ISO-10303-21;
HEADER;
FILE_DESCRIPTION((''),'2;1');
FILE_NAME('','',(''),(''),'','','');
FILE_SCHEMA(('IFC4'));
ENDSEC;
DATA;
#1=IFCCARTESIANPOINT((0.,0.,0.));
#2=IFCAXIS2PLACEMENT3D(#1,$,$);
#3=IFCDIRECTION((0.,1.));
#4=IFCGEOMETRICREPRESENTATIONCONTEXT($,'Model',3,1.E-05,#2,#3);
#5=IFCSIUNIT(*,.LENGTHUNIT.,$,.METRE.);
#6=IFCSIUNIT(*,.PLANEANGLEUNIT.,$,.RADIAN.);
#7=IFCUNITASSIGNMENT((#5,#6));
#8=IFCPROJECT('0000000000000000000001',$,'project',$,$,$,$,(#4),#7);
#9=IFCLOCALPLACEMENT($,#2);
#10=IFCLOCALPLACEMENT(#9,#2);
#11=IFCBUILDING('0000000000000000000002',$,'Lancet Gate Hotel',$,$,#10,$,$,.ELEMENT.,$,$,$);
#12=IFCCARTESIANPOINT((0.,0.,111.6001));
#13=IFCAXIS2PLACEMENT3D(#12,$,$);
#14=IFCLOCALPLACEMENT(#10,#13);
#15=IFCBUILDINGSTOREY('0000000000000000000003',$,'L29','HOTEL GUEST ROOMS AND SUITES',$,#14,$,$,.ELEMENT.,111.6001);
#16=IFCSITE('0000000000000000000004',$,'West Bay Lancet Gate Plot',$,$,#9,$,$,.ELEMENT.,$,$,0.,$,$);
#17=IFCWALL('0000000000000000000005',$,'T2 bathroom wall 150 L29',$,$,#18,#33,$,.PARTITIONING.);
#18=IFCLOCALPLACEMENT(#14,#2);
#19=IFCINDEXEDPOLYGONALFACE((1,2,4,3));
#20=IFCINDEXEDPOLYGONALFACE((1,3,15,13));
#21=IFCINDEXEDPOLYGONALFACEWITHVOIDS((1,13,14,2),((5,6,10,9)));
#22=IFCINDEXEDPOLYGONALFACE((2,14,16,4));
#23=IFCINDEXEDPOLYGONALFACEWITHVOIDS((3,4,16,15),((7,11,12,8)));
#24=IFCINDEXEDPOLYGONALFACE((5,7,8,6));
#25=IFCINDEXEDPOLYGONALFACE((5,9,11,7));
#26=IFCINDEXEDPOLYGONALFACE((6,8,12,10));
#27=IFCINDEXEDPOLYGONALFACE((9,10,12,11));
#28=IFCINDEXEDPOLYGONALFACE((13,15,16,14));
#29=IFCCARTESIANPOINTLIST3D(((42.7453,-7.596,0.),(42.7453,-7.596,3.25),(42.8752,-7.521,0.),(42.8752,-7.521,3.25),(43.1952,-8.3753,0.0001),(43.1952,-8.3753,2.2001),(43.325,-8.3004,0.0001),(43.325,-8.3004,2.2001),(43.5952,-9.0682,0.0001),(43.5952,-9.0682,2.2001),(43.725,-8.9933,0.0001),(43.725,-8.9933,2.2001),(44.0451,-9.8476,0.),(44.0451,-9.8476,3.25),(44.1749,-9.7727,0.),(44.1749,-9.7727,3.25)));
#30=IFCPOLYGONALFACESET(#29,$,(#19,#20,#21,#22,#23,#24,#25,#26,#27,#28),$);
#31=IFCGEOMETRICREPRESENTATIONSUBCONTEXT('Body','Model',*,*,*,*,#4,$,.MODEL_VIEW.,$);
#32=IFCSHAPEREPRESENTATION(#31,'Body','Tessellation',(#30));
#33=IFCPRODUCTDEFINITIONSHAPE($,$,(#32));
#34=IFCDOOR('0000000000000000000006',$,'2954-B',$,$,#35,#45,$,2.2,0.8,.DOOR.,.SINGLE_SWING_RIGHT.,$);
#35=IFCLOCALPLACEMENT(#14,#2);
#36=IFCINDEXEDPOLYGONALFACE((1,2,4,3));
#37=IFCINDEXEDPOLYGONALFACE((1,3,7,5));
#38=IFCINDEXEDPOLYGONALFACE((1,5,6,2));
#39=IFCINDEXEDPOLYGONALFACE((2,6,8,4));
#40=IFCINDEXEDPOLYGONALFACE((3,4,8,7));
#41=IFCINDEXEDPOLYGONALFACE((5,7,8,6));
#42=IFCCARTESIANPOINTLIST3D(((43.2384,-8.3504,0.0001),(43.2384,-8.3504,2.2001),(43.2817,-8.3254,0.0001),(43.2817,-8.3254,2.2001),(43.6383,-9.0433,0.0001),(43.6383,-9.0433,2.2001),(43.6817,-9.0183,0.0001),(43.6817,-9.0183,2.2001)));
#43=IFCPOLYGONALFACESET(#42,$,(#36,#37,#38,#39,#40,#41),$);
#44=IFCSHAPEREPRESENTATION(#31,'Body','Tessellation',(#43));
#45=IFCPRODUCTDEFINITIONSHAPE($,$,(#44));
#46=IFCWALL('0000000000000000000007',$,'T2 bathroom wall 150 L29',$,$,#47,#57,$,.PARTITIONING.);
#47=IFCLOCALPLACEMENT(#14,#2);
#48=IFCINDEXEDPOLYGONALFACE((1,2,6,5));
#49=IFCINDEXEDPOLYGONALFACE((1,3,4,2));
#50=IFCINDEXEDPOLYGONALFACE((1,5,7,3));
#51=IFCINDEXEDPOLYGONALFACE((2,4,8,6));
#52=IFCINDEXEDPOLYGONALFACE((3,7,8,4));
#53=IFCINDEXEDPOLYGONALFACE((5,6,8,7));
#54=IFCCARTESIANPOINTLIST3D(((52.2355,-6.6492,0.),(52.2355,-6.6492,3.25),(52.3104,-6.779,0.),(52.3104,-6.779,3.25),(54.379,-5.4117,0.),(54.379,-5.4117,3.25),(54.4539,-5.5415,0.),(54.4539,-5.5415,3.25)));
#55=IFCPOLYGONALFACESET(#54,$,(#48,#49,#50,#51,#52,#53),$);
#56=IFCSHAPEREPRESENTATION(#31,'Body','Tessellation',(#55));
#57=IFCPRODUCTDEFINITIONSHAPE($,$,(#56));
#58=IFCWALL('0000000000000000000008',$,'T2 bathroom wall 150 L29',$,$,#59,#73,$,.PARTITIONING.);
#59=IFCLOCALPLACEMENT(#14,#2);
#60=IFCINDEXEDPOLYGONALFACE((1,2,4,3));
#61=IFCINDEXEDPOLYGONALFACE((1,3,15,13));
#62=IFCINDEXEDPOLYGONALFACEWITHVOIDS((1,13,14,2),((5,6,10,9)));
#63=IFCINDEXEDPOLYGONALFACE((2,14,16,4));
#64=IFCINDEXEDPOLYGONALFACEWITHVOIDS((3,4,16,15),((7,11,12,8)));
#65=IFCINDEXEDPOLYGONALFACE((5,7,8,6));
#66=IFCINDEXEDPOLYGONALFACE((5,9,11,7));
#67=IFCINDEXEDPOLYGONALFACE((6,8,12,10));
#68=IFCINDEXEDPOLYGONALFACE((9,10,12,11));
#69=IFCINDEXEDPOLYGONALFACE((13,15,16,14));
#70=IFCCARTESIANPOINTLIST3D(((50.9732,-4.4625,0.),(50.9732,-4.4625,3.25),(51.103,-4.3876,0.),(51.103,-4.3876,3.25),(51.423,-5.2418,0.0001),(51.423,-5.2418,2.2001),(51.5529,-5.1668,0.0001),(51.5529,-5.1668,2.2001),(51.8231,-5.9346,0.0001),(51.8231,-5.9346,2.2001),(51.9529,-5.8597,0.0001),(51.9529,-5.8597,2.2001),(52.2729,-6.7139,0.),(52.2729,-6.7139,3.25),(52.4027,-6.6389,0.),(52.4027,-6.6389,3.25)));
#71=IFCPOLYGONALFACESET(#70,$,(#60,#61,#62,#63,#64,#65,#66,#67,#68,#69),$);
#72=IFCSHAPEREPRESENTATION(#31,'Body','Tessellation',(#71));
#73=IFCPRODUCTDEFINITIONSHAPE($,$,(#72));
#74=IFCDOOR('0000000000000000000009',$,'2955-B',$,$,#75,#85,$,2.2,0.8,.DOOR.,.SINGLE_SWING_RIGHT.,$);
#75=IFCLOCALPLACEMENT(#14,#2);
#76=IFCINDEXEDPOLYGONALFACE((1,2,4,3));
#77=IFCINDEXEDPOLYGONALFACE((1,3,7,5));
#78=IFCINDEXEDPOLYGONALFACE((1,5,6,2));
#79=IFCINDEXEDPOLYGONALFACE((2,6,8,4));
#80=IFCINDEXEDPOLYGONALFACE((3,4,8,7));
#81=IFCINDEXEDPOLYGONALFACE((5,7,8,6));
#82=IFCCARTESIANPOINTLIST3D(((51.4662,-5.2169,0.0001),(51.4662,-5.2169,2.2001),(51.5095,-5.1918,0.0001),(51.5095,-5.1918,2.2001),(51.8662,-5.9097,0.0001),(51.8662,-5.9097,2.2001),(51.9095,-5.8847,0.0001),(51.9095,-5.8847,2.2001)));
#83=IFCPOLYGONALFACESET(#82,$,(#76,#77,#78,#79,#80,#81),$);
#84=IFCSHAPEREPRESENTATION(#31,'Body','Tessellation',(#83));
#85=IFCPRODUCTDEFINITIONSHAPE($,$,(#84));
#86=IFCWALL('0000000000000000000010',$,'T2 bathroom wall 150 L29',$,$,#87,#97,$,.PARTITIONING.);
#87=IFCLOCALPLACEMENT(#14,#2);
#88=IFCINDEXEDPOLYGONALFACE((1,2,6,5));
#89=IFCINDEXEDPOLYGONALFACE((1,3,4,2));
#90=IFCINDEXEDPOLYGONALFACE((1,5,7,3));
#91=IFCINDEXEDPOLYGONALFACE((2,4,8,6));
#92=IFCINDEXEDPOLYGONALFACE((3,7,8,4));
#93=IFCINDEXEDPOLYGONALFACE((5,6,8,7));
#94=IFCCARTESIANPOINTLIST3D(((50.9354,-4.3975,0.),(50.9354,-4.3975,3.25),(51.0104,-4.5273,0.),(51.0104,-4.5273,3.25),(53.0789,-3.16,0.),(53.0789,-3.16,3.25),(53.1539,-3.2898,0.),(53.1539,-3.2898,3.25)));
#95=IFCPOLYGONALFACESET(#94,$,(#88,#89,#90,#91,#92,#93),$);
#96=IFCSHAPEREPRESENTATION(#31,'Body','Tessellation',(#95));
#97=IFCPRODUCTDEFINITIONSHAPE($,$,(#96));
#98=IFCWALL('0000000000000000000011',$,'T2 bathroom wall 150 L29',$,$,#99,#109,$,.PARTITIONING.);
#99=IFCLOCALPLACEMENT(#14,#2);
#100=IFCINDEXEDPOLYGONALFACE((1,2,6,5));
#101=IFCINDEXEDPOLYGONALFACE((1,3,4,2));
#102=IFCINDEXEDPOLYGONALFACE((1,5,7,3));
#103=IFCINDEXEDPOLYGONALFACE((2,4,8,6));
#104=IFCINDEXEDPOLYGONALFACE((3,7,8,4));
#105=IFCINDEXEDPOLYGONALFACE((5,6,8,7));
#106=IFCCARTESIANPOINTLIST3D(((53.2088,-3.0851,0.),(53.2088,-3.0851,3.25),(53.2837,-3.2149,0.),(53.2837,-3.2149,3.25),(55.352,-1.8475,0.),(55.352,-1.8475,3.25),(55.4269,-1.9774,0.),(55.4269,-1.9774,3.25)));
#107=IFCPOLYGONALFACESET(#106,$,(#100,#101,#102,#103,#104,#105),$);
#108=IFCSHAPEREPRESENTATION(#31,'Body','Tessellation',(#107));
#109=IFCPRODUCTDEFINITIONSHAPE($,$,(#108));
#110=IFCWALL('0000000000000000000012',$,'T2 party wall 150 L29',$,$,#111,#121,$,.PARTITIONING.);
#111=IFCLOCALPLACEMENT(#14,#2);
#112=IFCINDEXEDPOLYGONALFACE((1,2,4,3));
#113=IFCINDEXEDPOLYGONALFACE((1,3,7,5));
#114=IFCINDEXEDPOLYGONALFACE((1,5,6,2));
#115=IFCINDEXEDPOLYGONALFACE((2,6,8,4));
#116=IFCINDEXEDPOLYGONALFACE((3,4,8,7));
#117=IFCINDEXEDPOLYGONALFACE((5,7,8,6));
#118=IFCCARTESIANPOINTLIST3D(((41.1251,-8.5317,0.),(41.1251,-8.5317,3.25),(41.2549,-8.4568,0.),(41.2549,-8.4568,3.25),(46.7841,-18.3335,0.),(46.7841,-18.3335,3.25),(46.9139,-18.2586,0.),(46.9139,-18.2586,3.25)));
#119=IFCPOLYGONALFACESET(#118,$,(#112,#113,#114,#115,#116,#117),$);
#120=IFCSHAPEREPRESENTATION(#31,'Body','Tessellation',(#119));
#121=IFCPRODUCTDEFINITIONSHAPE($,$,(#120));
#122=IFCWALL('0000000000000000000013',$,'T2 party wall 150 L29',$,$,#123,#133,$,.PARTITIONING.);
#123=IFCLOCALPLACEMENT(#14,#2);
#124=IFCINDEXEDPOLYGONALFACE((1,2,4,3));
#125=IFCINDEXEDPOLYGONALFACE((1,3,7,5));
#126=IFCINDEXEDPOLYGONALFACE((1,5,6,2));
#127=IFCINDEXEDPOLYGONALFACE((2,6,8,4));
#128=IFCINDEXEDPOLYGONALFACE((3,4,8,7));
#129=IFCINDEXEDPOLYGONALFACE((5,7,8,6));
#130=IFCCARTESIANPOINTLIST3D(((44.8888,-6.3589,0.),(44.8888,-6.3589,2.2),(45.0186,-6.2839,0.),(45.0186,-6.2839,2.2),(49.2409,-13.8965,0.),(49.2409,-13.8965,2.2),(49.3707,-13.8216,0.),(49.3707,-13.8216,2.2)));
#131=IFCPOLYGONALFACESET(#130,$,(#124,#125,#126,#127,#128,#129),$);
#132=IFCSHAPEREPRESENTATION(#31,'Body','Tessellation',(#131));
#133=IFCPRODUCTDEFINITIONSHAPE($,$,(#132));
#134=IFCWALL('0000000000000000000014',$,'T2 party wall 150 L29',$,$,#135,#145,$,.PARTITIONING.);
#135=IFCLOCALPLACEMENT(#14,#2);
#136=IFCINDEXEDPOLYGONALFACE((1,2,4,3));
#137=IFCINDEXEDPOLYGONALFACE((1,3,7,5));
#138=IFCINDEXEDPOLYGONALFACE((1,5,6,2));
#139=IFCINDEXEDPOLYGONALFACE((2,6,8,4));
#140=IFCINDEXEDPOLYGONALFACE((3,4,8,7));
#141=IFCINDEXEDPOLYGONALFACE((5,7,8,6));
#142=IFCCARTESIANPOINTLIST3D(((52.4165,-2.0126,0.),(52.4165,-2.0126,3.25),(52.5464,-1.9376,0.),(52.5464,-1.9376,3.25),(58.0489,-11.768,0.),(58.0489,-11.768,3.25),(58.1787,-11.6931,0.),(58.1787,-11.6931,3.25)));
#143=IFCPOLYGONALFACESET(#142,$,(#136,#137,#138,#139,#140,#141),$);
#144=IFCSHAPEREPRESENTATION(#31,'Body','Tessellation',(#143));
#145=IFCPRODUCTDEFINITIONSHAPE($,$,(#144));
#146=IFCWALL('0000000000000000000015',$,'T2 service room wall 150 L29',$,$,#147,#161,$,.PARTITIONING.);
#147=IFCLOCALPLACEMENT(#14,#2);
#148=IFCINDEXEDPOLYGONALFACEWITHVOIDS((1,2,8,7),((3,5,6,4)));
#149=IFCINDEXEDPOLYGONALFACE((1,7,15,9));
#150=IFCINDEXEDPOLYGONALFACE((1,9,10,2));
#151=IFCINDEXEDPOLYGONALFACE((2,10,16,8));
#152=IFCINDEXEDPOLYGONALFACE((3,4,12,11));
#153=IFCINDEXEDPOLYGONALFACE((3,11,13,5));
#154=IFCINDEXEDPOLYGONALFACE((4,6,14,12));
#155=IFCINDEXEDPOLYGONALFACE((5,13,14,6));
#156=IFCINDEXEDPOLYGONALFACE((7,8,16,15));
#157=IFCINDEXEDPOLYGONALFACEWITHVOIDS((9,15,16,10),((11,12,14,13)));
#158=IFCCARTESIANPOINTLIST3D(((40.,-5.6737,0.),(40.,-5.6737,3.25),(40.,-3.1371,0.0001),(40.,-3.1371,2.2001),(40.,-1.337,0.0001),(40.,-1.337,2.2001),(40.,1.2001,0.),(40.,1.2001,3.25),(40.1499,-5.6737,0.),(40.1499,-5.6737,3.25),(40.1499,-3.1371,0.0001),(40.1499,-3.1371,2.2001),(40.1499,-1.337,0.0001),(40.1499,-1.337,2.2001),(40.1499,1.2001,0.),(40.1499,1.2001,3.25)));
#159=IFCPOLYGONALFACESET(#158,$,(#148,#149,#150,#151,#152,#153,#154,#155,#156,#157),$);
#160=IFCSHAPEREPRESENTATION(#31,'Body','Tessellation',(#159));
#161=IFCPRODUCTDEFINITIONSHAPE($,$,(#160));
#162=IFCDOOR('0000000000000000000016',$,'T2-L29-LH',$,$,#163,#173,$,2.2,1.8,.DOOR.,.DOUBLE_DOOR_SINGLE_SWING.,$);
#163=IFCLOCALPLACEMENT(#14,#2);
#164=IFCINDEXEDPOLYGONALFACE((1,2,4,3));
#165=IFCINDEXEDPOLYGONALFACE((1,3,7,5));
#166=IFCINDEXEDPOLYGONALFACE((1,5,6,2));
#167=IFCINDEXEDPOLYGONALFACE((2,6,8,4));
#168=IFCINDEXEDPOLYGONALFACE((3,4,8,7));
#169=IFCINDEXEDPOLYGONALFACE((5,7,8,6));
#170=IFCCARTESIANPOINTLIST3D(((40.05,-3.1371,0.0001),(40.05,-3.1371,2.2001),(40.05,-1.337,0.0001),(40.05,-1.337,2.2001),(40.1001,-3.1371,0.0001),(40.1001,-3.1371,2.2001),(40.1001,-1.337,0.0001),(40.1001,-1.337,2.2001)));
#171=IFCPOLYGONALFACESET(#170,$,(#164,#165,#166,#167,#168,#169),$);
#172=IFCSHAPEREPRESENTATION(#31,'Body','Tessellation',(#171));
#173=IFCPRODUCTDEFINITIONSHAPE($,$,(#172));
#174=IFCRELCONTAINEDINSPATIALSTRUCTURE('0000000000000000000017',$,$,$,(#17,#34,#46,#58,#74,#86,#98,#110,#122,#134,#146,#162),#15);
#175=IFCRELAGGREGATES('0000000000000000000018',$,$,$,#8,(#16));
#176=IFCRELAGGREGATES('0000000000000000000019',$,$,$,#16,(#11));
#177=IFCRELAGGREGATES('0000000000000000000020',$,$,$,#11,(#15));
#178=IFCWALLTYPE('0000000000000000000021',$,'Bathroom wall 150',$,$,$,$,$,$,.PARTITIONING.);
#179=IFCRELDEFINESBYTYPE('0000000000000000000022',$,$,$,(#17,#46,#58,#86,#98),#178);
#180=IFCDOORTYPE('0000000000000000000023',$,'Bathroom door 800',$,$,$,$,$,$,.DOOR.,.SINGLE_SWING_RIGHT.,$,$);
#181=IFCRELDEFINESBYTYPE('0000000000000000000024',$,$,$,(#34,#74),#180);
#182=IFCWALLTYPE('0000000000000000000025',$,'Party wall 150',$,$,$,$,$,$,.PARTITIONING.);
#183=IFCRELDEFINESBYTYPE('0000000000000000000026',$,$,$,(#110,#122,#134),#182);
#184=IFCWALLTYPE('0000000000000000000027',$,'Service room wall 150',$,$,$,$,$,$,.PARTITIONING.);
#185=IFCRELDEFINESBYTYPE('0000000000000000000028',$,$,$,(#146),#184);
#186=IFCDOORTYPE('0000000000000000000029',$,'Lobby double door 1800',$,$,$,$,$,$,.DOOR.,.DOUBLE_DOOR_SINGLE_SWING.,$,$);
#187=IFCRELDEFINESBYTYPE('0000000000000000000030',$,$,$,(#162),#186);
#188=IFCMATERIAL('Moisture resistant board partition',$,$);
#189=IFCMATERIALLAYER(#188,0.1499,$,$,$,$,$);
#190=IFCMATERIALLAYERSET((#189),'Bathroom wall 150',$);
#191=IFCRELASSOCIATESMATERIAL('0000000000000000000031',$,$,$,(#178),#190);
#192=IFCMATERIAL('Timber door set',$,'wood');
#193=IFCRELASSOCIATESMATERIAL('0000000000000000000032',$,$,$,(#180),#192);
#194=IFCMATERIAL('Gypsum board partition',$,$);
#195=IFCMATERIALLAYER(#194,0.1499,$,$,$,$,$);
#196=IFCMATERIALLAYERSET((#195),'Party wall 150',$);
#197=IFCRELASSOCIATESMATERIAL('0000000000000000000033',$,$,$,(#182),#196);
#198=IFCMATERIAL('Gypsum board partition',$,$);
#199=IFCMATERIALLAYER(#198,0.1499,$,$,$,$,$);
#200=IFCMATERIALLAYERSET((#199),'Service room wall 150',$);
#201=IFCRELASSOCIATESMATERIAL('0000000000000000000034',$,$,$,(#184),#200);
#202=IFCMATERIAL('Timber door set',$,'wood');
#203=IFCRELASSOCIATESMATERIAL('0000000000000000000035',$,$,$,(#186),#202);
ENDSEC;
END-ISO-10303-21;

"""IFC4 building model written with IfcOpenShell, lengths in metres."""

from ifc_helpers import new_model, si_unit, direction, frame, frame_2d, origin, place, context, subcontext, project, spatial, rectangle, extrude, material, layer, layer_set, type_object, element, fill, save


model = new_model("IFC4")

# Units and contexts
model_context = context("Model", 3, precision=1e-05, world=origin(), true_north=direction((0.0, 1.0)))
body_context = subcontext(model_context, "Body", "Model", "MODEL_VIEW")
ifc_project = project(units=[si_unit("LENGTHUNIT", "METRE"), si_unit("PLANEANGLEUNIT", "RADIAN")], contexts=[model_context])

# Site, building, storey
site_placement = place(None, origin())
site = spatial("IfcSite", under=ifc_project, at=site_placement, Name="West Bay Lancet Gate Plot", CompositionType="ELEMENT", RefElevation=0.0)
building_placement = place(site_placement, origin())
building = spatial("IfcBuilding", under=site, at=building_placement, Name="Lancet Gate Hotel", CompositionType="ELEMENT")
storey_placement = place(building_placement, frame((0.0, 0.0, 111.6001)))
storey = spatial("IfcBuildingStorey", under=building, at=storey_placement, Name="L29", Description="HOTEL GUEST ROOMS AND SUITES", CompositionType="ELEMENT", Elevation=111.6001)

# Shared definitions
ifc_material_1 = material(Name="Moisture resistant board partition")
ifc_layer_1 = layer(ifc_material_1, 0.1499)
ifc_layer_set_1 = layer_set([ifc_layer_1], Name="Bathroom wall 150")
wall_type_1 = type_object("IfcWallType", Name="Bathroom wall 150", PredefinedType="PARTITIONING", material=ifc_layer_set_1)

# Wall, opening, door
wall_1_placement = place(storey_placement, frame((42.8103, -7.5586, 0.0), z_axis=(0.0, 0.0, 1.0), x_axis=(0.499937, -0.866062, 0.0)))
wall_1 = element("IfcWall", 1, at=wall_1_placement, inside=storey, type_object=wall_type_1, Name="T2 bathroom wall 150 L29", PredefinedType="PARTITIONING", context=body_context, shape_type="SweptSolid", body=[
    extrude(rectangle(XDim=2.5999, YDim=0.1499, at=frame_2d((1.2998, 0.0))), origin(), (0.0, 0.0, 1.0), 3.25),
])
opening_1_placement = place(wall_1_placement, frame((0.8999, 0.0, 0.0)))
opening_1 = element("IfcOpeningElement", 2, at=opening_1_placement, cuts=wall_1, PredefinedType="OPENING", context=body_context, shape_type="SweptSolid", body=[
    extrude(rectangle(XDim=0.8, YDim=2.2, at=frame_2d((0.3999, 1.1001))), frame((0.0, 0.085, 0.0), z_axis=(0.0, -1.0, 0.0), x_axis=(1.0, 0.0, 0.0)), (0.0, 0.0, 1.0), 0.1699),
])
ifc_material_2 = material(Name="Timber door set", Category="wood")
door_type_1 = type_object("IfcDoorType", Name="Bathroom door 800", OperationType="SINGLE_SWING_RIGHT", PredefinedType="DOOR", material=ifc_material_2)
door_1_placement = place(opening_1_placement, origin())
door_1 = element("IfcDoor", 3, at=door_1_placement, inside=storey, type_object=door_type_1, Name="2954-B", OperationType="SINGLE_SWING_RIGHT", OverallHeight=2.2, OverallWidth=0.8, PredefinedType="DOOR", context=body_context, shape_type="SweptSolid", body=[
    extrude(rectangle(XDim=0.8, YDim=2.2, at=frame_2d((0.3999, 1.1001))), frame((0.0, 0.0249, 0.0), z_axis=(0.0, -1.0, 0.0), x_axis=(1.0, 0.0, 0.0)), (0.0, 0.0, 1.0), 0.05),
])
fill(opening_1, door_1)

# Wall
wall_2_placement = place(storey_placement, frame((52.2729, -6.7141, 0.0), z_axis=(0.0, 0.0, 1.0), x_axis=(0.866031, 0.49999, 0.0)))
element("IfcWall", 4, at=wall_2_placement, inside=storey, type_object=wall_type_1, Name="T2 bathroom wall 150 L29", PredefinedType="PARTITIONING", context=body_context, shape_type="SweptSolid", body=[
    extrude(rectangle(XDim=2.4751, YDim=0.1499, at=frame_2d((1.2375, 0.0))), origin(), (0.0, 0.0, 1.0), 3.25),
])

# Wall, opening, door
wall_3_placement = place(storey_placement, frame((51.0381, -4.425, 0.0), z_axis=(0.0, 0.0, 1.0), x_axis=(0.499977, -0.866039, 0.0)))
wall_3 = element("IfcWall", 5, at=wall_3_placement, inside=storey, type_object=wall_type_1, Name="T2 bathroom wall 150 L29", PredefinedType="PARTITIONING", context=body_context, shape_type="SweptSolid", body=[
    extrude(rectangle(XDim=2.5996, YDim=0.1499, at=frame_2d((1.2998, 0.0))), origin(), (0.0, 0.0, 1.0), 3.25),
])
opening_2_placement = place(wall_3_placement, frame((0.8999, 0.0, 0.0)))
opening_2 = element("IfcOpeningElement", 6, at=opening_2_placement, cuts=wall_3, PredefinedType="OPENING", context=body_context, shape_type="SweptSolid", body=[
    extrude(rectangle(XDim=0.8, YDim=2.2, at=frame_2d((0.3999, 1.1001))), frame((0.0, 0.085, 0.0), z_axis=(0.0, -1.0, 0.0), x_axis=(1.0, 0.0, 0.0)), (0.0, 0.0, 1.0), 0.1699),
])
door_2_placement = place(opening_2_placement, origin())
door_2 = element("IfcDoor", 7, at=door_2_placement, inside=storey, type_object=door_type_1, Name="2955-B", OperationType="SINGLE_SWING_RIGHT", OverallHeight=2.2, OverallWidth=0.8, PredefinedType="DOOR", context=body_context, shape_type="SweptSolid", body=[
    extrude(rectangle(XDim=0.8, YDim=2.2, at=frame_2d((0.3999, 1.1001))), frame((0.0, 0.0249, 0.0), z_axis=(0.0, -1.0, 0.0), x_axis=(1.0, 0.0, 0.0)), (0.0, 0.0, 1.0), 0.05),
])
fill(opening_2, door_2)

# Walls
wall_4_placement = place(storey_placement, frame((50.9729, -4.4624, 0.0), z_axis=(0.0, 0.0, 1.0), x_axis=(0.866031, 0.49999, 0.0)))
element("IfcWall", 8, at=wall_4_placement, inside=storey, type_object=wall_type_1, Name="T2 bathroom wall 150 L29", PredefinedType="PARTITIONING", context=body_context, shape_type="SweptSolid", body=[
    extrude(rectangle(XDim=2.4751, YDim=0.1499, at=frame_2d((1.2375, 0.0))), origin(), (0.0, 0.0, 1.0), 3.25),
])
wall_5_placement = place(storey_placement, frame((53.2463, -3.1499, 0.0), z_axis=(0.0, 0.0, 1.0), x_axis=(0.866007, 0.500033, 0.0)))
element("IfcWall", 9, at=wall_5_placement, inside=storey, type_object=wall_type_1, Name="T2 bathroom wall 150 L29", PredefinedType="PARTITIONING", context=body_context, shape_type="SweptSolid", body=[
    extrude(rectangle(XDim=2.4749, YDim=0.1499, at=frame_2d((1.2373, 0.0))), origin(), (0.0, 0.0, 1.0), 3.25),
])
ifc_material_3 = material(Name="Gypsum board partition")
ifc_layer_2 = layer(ifc_material_3, 0.1499)
ifc_layer_set_2 = layer_set([ifc_layer_2], Name="Party wall 150")
wall_type_2 = type_object("IfcWallType", Name="Party wall 150", PredefinedType="PARTITIONING", material=ifc_layer_set_2)
wall_6_placement = place(storey_placement, frame((41.1899, -8.4941, 0.0), z_axis=(0.0, 0.0, 1.0), x_axis=(0.499993, -0.86603, 0.0)))
element("IfcWall", 10, at=wall_6_placement, inside=storey, type_object=wall_type_2, Name="T2 party wall 150 L29", PredefinedType="PARTITIONING", context=body_context, shape_type="SweptSolid", body=[
    extrude(rectangle(XDim=11.3181, YDim=0.1499, at=frame_2d((5.6592, 0.0))), origin(), (0.0, 0.0, 1.0), 3.25),
])
wall_7_placement = place(storey_placement, frame((44.9536, -6.3213, 0.0), z_axis=(0.0, 0.0, 1.0), x_axis=(0.500019, -0.866015, 0.0)))
element("IfcWall", 11, at=wall_7_placement, inside=storey, type_object=wall_type_2, Name="T2 party wall 150 L29", PredefinedType="PARTITIONING", context=body_context, shape_type="SweptSolid", body=[
    extrude(rectangle(XDim=8.7039, YDim=0.1499, at=frame_2d((4.3521, 0.0))), origin(), (0.0, 0.0, 1.0), 2.2),
])
wall_8_placement = place(storey_placement, frame((52.4814, -1.9751, 0.0), z_axis=(0.0, 0.0, 1.0), x_axis=(0.500004, -0.866023, 0.0)))
element("IfcWall", 12, at=wall_8_placement, inside=storey, type_object=wall_type_2, Name="T2 party wall 150 L29", PredefinedType="PARTITIONING", context=body_context, shape_type="SweptSolid", body=[
    extrude(rectangle(XDim=11.2646, YDim=0.1499, at=frame_2d((5.6323, 0.0))), origin(), (0.0, 0.0, 1.0), 3.25),
])

# Wall, opening, door
ifc_material_4 = material(Name="Gypsum board partition")
ifc_layer_3 = layer(ifc_material_4, 0.1499)
ifc_layer_set_3 = layer_set([ifc_layer_3], Name="Service room wall 150")
wall_type_3 = type_object("IfcWallType", Name="Service room wall 150", PredefinedType="PARTITIONING", material=ifc_layer_set_3)
wall_9_placement = place(storey_placement, frame((40.075, -5.6738, 0.0), z_axis=(0.0, 0.0, 1.0), x_axis=(0.0, 1.0, 0.0)))
wall_9 = element("IfcWall", 13, at=wall_9_placement, inside=storey, type_object=wall_type_3, Name="T2 service room wall 150 L29", PredefinedType="PARTITIONING", context=body_context, shape_type="SweptSolid", body=[
    extrude(rectangle(XDim=6.8738, YDim=0.1499, at=frame_2d((3.437, 0.0))), origin(), (0.0, 0.0, 1.0), 3.25),
])
opening_3_placement = place(wall_9_placement, frame((2.5369, 0.0, 0.0)))
opening_3 = element("IfcOpeningElement", 14, at=opening_3_placement, cuts=wall_9, PredefinedType="OPENING", context=body_context, shape_type="SweptSolid", body=[
    extrude(rectangle(XDim=1.8, YDim=2.2, at=frame_2d((0.8999, 1.1001))), frame((0.0, 0.085, 0.0), z_axis=(0.0, -1.0, 0.0), x_axis=(1.0, 0.0, 0.0)), (0.0, 0.0, 1.0), 0.1699),
])
ifc_material_5 = material(Name="Timber door set", Category="wood")
door_type_2 = type_object("IfcDoorType", Name="Lobby double door 1800", OperationType="DOUBLE_DOOR_SINGLE_SWING", PredefinedType="DOOR", material=ifc_material_5)
door_3_placement = place(opening_3_placement, origin())
door_3 = element("IfcDoor", 15, at=door_3_placement, inside=storey, type_object=door_type_2, Name="T2-L29-LH", OperationType="DOUBLE_DOOR_SINGLE_SWING", OverallHeight=2.2, OverallWidth=1.8, PredefinedType="DOOR", context=body_context, shape_type="SweptSolid", body=[
    extrude(rectangle(XDim=1.8, YDim=2.2, at=frame_2d((0.8999, 1.1001))), frame((0.0, 0.0249, 0.0), z_axis=(0.0, -1.0, 0.0), x_axis=(1.0, 0.0, 0.0)), (0.0, 0.0, 1.0), 0.05),
])
fill(opening_3, door_3)

save(model, "model.ifc")
